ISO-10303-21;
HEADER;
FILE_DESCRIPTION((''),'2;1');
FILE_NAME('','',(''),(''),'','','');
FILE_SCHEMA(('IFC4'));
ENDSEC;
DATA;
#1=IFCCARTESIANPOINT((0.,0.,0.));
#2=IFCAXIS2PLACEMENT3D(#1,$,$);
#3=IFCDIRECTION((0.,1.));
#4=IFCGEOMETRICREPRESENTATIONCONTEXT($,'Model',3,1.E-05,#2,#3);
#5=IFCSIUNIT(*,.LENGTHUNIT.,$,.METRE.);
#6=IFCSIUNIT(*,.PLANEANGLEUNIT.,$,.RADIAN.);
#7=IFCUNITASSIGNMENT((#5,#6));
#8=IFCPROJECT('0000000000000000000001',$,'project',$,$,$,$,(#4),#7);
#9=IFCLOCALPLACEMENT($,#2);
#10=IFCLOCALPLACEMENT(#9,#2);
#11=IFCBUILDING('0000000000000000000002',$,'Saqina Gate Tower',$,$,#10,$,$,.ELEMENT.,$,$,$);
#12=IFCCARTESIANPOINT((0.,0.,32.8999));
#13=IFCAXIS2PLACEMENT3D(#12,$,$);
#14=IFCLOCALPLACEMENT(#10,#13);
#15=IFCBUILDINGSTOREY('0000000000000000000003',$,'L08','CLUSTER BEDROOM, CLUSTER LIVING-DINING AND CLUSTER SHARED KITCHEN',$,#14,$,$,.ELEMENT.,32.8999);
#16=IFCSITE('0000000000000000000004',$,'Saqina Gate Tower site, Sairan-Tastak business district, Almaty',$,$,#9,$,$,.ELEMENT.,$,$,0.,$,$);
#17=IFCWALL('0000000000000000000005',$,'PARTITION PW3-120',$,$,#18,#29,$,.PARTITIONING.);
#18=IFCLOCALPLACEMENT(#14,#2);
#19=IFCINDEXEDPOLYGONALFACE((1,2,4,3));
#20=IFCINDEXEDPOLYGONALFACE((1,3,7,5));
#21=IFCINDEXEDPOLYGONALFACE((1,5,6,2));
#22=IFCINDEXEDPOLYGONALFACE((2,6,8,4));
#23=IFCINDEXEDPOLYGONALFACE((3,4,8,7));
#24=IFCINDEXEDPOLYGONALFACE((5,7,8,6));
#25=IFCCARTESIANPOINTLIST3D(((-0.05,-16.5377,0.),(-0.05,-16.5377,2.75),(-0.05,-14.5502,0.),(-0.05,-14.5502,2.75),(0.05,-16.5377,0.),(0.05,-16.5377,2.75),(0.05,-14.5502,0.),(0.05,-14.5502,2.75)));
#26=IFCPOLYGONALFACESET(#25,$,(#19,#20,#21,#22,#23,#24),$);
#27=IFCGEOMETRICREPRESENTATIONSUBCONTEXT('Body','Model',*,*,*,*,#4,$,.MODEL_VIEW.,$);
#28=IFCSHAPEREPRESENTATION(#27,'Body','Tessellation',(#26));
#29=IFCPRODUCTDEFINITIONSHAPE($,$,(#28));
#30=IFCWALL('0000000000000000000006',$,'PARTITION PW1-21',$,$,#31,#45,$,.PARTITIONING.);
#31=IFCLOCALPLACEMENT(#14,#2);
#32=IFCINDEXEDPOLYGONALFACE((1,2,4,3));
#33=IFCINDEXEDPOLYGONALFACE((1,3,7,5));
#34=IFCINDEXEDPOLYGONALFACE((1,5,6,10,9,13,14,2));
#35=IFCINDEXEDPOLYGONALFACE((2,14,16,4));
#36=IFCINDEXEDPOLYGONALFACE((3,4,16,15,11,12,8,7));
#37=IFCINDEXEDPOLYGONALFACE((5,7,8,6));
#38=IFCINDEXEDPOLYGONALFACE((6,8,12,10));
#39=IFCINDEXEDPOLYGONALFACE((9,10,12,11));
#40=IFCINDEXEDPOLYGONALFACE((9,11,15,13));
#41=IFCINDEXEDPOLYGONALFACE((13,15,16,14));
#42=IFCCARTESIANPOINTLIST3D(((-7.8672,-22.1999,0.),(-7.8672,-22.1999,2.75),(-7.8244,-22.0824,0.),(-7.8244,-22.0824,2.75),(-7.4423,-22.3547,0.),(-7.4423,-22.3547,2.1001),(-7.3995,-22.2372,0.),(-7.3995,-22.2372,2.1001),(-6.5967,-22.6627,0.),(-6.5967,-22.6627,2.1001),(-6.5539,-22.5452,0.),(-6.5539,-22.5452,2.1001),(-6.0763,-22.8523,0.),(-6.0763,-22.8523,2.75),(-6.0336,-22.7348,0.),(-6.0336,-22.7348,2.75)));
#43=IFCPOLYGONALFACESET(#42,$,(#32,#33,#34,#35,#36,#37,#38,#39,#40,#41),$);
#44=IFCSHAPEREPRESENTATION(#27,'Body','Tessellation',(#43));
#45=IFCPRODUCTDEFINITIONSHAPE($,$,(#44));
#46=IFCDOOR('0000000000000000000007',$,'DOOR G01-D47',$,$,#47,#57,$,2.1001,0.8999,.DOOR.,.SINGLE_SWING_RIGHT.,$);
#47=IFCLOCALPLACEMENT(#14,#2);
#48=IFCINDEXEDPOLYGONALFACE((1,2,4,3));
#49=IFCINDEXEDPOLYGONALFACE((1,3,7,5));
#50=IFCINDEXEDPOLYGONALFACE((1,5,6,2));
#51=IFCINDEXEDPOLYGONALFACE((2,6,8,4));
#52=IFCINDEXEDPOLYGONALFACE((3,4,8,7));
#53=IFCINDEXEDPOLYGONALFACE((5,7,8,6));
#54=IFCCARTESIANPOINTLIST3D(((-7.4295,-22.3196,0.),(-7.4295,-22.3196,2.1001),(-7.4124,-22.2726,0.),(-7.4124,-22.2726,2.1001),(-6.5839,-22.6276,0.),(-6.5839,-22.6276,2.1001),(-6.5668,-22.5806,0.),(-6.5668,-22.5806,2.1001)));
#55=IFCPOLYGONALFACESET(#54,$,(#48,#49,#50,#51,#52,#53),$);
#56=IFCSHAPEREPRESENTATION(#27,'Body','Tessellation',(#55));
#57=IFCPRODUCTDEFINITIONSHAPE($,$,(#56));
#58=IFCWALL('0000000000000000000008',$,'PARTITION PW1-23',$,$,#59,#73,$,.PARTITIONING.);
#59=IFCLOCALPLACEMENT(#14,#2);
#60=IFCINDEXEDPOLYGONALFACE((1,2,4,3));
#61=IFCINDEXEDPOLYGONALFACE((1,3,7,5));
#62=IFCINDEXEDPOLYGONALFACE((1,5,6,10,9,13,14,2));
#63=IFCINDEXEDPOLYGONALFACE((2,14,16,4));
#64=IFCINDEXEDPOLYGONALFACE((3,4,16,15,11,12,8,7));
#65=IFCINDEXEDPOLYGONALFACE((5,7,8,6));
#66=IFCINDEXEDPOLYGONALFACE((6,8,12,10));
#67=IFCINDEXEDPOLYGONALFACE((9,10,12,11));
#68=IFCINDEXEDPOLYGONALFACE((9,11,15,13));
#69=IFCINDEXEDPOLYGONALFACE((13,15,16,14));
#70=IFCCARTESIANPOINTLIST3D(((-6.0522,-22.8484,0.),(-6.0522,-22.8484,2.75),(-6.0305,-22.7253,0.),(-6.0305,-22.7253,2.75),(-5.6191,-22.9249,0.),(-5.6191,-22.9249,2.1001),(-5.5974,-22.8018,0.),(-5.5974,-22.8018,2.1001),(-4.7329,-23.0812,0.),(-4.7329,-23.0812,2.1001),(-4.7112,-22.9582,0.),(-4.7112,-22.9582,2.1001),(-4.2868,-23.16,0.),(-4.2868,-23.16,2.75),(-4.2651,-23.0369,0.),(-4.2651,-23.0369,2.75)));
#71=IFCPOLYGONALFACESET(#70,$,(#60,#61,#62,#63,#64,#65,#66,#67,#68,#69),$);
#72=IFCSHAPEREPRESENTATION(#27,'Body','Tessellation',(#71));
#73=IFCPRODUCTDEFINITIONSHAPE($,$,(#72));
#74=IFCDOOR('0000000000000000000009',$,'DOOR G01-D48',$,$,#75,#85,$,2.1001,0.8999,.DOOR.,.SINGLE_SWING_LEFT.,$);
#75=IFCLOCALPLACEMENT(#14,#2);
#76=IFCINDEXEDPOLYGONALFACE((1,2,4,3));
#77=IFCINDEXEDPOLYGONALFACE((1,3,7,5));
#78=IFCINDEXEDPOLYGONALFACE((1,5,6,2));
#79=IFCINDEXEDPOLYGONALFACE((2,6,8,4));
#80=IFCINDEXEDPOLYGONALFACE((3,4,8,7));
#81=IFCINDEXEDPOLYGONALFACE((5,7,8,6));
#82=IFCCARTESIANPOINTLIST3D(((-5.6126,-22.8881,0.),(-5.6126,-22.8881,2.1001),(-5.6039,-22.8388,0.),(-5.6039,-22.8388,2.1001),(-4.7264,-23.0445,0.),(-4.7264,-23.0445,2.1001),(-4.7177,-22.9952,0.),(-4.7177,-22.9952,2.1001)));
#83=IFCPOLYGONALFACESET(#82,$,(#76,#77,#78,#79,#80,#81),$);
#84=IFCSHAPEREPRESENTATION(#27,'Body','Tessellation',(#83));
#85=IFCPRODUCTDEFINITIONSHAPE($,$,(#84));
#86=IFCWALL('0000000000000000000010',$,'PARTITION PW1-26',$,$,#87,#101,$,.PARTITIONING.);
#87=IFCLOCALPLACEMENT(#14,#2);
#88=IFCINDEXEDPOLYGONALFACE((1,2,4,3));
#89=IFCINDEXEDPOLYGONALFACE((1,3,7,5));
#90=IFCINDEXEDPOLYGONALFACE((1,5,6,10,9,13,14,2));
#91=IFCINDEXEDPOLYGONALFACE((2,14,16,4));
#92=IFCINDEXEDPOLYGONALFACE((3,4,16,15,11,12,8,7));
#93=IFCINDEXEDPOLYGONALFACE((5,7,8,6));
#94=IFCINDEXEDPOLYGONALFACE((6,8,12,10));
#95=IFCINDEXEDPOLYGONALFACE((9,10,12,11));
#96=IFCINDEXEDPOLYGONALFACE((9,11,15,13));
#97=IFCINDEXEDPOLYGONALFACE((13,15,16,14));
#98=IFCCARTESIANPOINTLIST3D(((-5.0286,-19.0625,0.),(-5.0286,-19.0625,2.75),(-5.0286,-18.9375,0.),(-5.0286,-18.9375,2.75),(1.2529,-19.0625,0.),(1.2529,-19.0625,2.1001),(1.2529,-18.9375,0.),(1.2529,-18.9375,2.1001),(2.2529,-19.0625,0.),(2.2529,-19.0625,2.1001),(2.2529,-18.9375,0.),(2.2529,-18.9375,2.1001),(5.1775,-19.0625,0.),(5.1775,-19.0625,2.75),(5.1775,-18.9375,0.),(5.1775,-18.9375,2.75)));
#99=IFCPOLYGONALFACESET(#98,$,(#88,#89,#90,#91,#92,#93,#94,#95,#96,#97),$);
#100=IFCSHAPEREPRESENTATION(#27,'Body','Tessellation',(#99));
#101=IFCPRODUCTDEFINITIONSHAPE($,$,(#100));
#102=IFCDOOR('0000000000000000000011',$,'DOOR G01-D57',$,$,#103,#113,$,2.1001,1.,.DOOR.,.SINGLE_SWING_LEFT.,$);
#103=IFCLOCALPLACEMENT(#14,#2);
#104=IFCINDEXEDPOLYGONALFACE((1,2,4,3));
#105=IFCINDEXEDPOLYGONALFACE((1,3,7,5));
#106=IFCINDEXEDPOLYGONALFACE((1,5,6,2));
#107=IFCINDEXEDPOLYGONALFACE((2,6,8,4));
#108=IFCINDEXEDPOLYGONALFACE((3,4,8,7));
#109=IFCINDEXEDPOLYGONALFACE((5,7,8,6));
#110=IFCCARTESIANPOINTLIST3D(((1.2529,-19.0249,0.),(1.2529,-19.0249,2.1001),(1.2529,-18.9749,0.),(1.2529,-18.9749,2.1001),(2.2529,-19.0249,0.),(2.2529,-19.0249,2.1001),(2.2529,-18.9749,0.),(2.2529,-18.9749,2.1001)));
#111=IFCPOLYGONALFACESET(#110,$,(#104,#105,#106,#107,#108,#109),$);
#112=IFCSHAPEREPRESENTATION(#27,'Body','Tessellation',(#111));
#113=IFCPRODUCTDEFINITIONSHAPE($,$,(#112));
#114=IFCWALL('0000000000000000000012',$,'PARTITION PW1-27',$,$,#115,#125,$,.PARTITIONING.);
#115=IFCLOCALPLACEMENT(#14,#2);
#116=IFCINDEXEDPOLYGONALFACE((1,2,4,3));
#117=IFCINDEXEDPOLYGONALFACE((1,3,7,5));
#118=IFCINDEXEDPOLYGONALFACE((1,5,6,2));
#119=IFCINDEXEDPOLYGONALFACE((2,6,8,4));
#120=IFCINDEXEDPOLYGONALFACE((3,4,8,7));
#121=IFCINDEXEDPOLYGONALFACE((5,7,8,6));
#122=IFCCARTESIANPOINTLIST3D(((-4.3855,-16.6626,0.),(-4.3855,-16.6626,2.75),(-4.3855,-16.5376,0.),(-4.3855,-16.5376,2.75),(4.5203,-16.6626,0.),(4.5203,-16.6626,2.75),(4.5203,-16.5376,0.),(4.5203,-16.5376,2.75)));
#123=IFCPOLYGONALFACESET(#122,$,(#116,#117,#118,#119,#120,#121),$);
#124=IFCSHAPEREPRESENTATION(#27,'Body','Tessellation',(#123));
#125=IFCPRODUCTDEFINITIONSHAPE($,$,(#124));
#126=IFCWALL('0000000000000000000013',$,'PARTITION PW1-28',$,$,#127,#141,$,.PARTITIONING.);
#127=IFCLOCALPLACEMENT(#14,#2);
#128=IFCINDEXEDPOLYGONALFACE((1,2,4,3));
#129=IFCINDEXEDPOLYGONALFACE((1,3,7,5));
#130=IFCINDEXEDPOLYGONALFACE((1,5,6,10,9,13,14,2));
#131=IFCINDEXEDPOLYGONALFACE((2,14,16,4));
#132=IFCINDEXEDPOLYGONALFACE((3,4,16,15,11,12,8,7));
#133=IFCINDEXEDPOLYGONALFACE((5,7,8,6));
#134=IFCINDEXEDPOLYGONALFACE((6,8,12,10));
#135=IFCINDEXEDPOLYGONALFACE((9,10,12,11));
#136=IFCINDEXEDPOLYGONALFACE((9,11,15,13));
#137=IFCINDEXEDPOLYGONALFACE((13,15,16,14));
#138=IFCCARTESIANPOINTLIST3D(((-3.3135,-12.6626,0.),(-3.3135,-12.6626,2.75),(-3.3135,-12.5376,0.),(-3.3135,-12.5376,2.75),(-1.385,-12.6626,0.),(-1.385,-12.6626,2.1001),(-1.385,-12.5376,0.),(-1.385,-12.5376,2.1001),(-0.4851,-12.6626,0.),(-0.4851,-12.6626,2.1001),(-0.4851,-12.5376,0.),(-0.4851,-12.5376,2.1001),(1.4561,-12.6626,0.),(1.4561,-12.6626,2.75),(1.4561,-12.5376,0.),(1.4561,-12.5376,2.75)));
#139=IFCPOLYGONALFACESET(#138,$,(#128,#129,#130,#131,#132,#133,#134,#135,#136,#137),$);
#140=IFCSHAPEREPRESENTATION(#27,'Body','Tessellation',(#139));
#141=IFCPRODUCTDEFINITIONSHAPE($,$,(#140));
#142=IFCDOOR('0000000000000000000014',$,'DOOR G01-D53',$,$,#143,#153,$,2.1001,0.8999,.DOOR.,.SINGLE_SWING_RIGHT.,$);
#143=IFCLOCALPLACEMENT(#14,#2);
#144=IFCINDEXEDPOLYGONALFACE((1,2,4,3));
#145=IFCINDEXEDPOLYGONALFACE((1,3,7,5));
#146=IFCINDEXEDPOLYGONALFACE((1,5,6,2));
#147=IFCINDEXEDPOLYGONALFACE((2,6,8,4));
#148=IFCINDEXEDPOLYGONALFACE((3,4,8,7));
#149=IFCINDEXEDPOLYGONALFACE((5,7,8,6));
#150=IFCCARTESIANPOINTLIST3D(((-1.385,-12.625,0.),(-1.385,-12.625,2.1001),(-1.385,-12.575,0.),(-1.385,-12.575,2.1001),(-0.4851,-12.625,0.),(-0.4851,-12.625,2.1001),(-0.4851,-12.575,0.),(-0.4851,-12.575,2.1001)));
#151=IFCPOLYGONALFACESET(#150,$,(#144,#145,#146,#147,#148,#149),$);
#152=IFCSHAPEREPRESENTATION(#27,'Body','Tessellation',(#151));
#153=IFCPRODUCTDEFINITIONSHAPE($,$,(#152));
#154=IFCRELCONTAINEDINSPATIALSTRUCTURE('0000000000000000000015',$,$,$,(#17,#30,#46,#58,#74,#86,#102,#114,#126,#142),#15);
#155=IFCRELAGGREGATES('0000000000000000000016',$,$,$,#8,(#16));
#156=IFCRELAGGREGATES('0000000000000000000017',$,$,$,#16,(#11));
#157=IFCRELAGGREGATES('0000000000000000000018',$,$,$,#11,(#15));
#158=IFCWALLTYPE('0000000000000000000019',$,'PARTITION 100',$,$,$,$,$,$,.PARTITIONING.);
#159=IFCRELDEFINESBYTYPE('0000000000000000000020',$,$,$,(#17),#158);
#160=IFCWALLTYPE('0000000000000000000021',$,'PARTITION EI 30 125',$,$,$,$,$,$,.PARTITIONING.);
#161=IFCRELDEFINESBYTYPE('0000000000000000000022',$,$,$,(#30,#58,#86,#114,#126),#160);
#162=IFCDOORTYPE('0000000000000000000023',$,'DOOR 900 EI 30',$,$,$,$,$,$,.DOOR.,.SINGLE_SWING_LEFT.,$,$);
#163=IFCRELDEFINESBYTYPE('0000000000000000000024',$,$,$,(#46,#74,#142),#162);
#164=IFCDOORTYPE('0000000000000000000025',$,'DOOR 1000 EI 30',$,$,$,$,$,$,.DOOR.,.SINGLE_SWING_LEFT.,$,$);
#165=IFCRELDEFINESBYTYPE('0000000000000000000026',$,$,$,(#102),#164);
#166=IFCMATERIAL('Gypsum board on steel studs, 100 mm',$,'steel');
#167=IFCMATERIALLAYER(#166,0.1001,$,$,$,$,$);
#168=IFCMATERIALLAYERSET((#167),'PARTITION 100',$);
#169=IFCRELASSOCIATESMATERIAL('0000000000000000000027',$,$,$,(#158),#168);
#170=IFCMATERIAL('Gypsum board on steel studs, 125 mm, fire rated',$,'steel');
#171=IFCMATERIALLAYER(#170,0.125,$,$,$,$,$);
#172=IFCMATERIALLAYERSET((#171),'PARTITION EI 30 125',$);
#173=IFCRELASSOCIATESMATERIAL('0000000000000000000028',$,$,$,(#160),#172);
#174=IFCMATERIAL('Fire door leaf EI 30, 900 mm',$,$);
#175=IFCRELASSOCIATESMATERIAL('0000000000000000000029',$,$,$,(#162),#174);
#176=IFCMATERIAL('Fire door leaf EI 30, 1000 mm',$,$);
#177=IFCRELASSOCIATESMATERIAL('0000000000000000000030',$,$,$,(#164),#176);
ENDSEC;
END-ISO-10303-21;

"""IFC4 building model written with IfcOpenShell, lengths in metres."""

from ifc_helpers import new_model, si_unit, direction, frame, frame_2d, origin, place, context, subcontext, project, spatial, rectangle, extrude, material, layer, layer_set, type_object, element, fill, save


model = new_model("IFC4")

# Units and contexts
model_context = context("Model", 3, precision=1e-05, world=origin(), true_north=direction((0.0, 1.0)))
body_context = subcontext(model_context, "Body", "Model", "MODEL_VIEW")
ifc_project = project(units=[si_unit("LENGTHUNIT", "METRE"), si_unit("PLANEANGLEUNIT", "RADIAN")], contexts=[model_context])

# Site, building, storey
site_placement = place(None, origin())
site = spatial("IfcSite", under=ifc_project, at=site_placement, Name="Saqina Gate Tower site, Sairan-Tastak business district, Almaty", CompositionType="ELEMENT", RefElevation=0.0)
building_placement = place(site_placement, origin())
building = spatial("IfcBuilding", under=site, at=building_placement, Name="Saqina Gate Tower", CompositionType="ELEMENT")
storey_placement = place(building_placement, frame((0.0, 0.0, 32.8999)))
storey = spatial("IfcBuildingStorey", under=building, at=storey_placement, Name="L08", Description="CLUSTER BEDROOM, CLUSTER LIVING-DINING AND CLUSTER SHARED KITCHEN", CompositionType="ELEMENT", Elevation=32.8999)

# Shared definitions
ifc_material_1 = material(Name="Gypsum board on steel studs, 100 mm", Category="steel")
ifc_layer_1 = layer(ifc_material_1, 0.1001)
ifc_layer_set_1 = layer_set([ifc_layer_1], Name="PARTITION 100")
wall_type_1 = type_object("IfcWallType", Name="PARTITION 100", PredefinedType="PARTITIONING", material=ifc_layer_set_1)

# Wall
wall_1_placement = place(storey_placement, frame((0.0, -16.5376, 0.0), z_axis=(0.0, 0.0, 1.0), x_axis=(0.0, 1.0, 0.0)))
element("IfcWall", 1, at=wall_1_placement, inside=storey, type_object=wall_type_1, Name="PARTITION PW3-120", PredefinedType="PARTITIONING", context=body_context, shape_type="SweptSolid", body=[
    extrude(rectangle(XDim=1.9875, YDim=0.1001, at=frame_2d((0.9937, 0.0))), origin(), (0.0, 0.0, 1.0), 2.75),
])

# Walls, openings, doors
ifc_material_2 = material(Name="Gypsum board on steel studs, 125 mm, fire rated", Category="steel")
ifc_layer_2 = layer(ifc_material_2, 0.125)
ifc_layer_set_2 = layer_set([ifc_layer_2], Name="PARTITION EI 30 125")
wall_type_2 = type_object("IfcWallType", Name="PARTITION EI 30 125", PredefinedType="PARTITIONING", material=ifc_layer_set_2)
wall_2_placement = place(storey_placement, frame((-7.8459, -22.1411, 0.0), z_axis=(0.0, 0.0, 1.0), x_axis=(0.939599, -0.342278, 0.0)))
wall_2 = element("IfcWall", 2, at=wall_2_placement, inside=storey, type_object=wall_type_2, Name="PARTITION PW1-21", PredefinedType="PARTITIONING", context=body_context, shape_type="SweptSolid", body=[
    extrude(rectangle(XDim=1.906, YDim=0.125, at=frame_2d((0.9531, 0.0))), origin(), (0.0, 0.0, 1.0), 2.75),
])
opening_1_placement = place(wall_2_placement, frame((0.4524, 0.0, 0.0)))
opening_1 = element("IfcOpeningElement", 3, at=opening_1_placement, cuts=wall_2, PredefinedType="OPENING", context=body_context, shape_type="SweptSolid", body=[
    extrude(rectangle(XDim=0.8999, YDim=2.1001, at=frame_2d((0.45, 1.05))), frame((0.0, 0.0745, 0.0), z_axis=(0.0, -1.0, 0.0), x_axis=(1.0, 0.0, 0.0)), (0.0, 0.0, 1.0), 0.1489),
])
ifc_material_3 = material(Name="Fire door leaf EI 30, 900 mm")
door_type_1 = type_object("IfcDoorType", Name="DOOR 900 EI 30", OperationType="SINGLE_SWING_LEFT", PredefinedType="DOOR", material=ifc_material_3)
door_1_placement = place(opening_1_placement, origin())
door_1 = element("IfcDoor", 4, at=door_1_placement, inside=storey, type_object=door_type_1, Name="DOOR G01-D47", OperationType="SINGLE_SWING_RIGHT", OverallHeight=2.1001, OverallWidth=0.8999, PredefinedType="DOOR", context=body_context, shape_type="SweptSolid", body=[
    extrude(rectangle(XDim=0.8999, YDim=2.1001, at=frame_2d((0.45, 1.05))), frame((0.0, 0.0249, 0.0), z_axis=(0.0, -1.0, 0.0), x_axis=(1.0, 0.0, 0.0)), (0.0, 0.0, 1.0), 0.05),
])
fill(opening_1, door_1)
wall_3_placement = place(storey_placement, frame((-6.0415, -22.7869, 0.0), z_axis=(0.0, 0.0, 1.0), x_axis=(0.984785, -0.173778, 0.0)))
wall_3 = element("IfcWall", 5, at=wall_3_placement, inside=storey, type_object=wall_type_2, Name="PARTITION PW1-23", PredefinedType="PARTITIONING", context=body_context, shape_type="SweptSolid", body=[
    extrude(rectangle(XDim=1.7927, YDim=0.125, at=frame_2d((0.8965, 0.0))), origin(), (0.0, 0.0, 1.0), 2.75),
])
opening_2_placement = place(wall_3_placement, frame((0.4399, 0.0, 0.0)))
opening_2 = element("IfcOpeningElement", 6, at=opening_2_placement, cuts=wall_3, PredefinedType="OPENING", context=body_context, shape_type="SweptSolid", body=[
    extrude(rectangle(XDim=0.8999, YDim=2.1001, at=frame_2d((0.45, 1.05))), frame((0.0, 0.0745, 0.0), z_axis=(0.0, -1.0, 0.0), x_axis=(1.0, 0.0, 0.0)), (0.0, 0.0, 1.0), 0.1489),
])
door_2_placement = place(opening_2_placement, origin())
door_2 = element("IfcDoor", 7, at=door_2_placement, inside=storey, type_object=door_type_1, Name="DOOR G01-D48", OperationType="SINGLE_SWING_LEFT", OverallHeight=2.1001, OverallWidth=0.8999, PredefinedType="DOOR", context=body_context, shape_type="SweptSolid", body=[
    extrude(rectangle(XDim=0.8999, YDim=2.1001, at=frame_2d((0.45, 1.05))), frame((0.0, 0.0249, 0.0), z_axis=(0.0, -1.0, 0.0), x_axis=(1.0, 0.0, 0.0)), (0.0, 0.0, 1.0), 0.05),
])
fill(opening_2, door_2)
wall_4_placement = place(storey_placement, frame((-5.0286, -19.0, 0.0), z_axis=(0.0, 0.0, 1.0), x_axis=(1.0, 0.0, 0.0)))
wall_4 = element("IfcWall", 8, at=wall_4_placement, inside=storey, type_object=wall_type_2, Name="PARTITION PW1-26", PredefinedType="PARTITIONING", context=body_context, shape_type="SweptSolid", body=[
    extrude(rectangle(XDim=10.2061, YDim=0.125, at=frame_2d((5.103, 0.0))), origin(), (0.0, 0.0, 1.0), 2.75),
])
opening_3_placement = place(wall_4_placement, frame((6.2815, 0.0, 0.0)))
opening_3 = element("IfcOpeningElement", 9, at=opening_3_placement, cuts=wall_4, PredefinedType="OPENING", context=body_context, shape_type="SweptSolid", body=[
    extrude(rectangle(XDim=1.0, YDim=2.1001, at=frame_2d((0.5, 1.05))), frame((0.0, 0.0745, 0.0), z_axis=(0.0, -1.0, 0.0), x_axis=(1.0, 0.0, 0.0)), (0.0, 0.0, 1.0), 0.1489),
])
ifc_material_4 = material(Name="Fire door leaf EI 30, 1000 mm")
door_type_2 = type_object("IfcDoorType", Name="DOOR 1000 EI 30", OperationType="SINGLE_SWING_LEFT", PredefinedType="DOOR", material=ifc_material_4)
door_3_placement = place(opening_3_placement, frame((1.0, 0.0, 0.0), z_axis=(0.0, 0.0, 1.0), x_axis=(-1.0, 0.0, 0.0)))
door_3 = element("IfcDoor", 10, at=door_3_placement, inside=storey, type_object=door_type_2, Name="DOOR G01-D57", OperationType="SINGLE_SWING_LEFT", OverallHeight=2.1001, OverallWidth=1.0, PredefinedType="DOOR", context=body_context, shape_type="SweptSolid", body=[
    extrude(rectangle(XDim=1.0, YDim=2.1001, at=frame_2d((0.5, 1.05))), frame((0.0, 0.0249, 0.0), z_axis=(0.0, -1.0, 0.0), x_axis=(1.0, 0.0, 0.0)), (0.0, 0.0, 1.0), 0.05),
])
fill(opening_3, door_3)

# Wall
wall_5_placement = place(storey_placement, frame((-4.3855, -16.6001, 0.0), z_axis=(0.0, 0.0, 1.0), x_axis=(1.0, 0.0, 0.0)))
element("IfcWall", 11, at=wall_5_placement, inside=storey, type_object=wall_type_2, Name="PARTITION PW1-27", PredefinedType="PARTITIONING", context=body_context, shape_type="SweptSolid", body=[
    extrude(rectangle(XDim=8.9058, YDim=0.125, at=frame_2d((4.4529, 0.0))), origin(), (0.0, 0.0, 1.0), 2.75),
])

# Wall, opening, door
wall_6_placement = place(storey_placement, frame((-3.3135, -12.6001, 0.0), z_axis=(0.0, 0.0, 1.0), x_axis=(1.0, 0.0, 0.0)))
wall_6 = element("IfcWall", 12, at=wall_6_placement, inside=storey, type_object=wall_type_2, Name="PARTITION PW1-28", PredefinedType="PARTITIONING", context=body_context, shape_type="SweptSolid", body=[
    extrude(rectangle(XDim=4.7695, YDim=0.125, at=frame_2d((2.3848, 0.0))), origin(), (0.0, 0.0, 1.0), 2.75),
])
opening_4_placement = place(wall_6_placement, frame((1.9285, 0.0, 0.0)))
opening_4 = element("IfcOpeningElement", 13, at=opening_4_placement, cuts=wall_6, PredefinedType="OPENING", context=body_context, shape_type="SweptSolid", body=[
    extrude(rectangle(XDim=0.8999, YDim=2.1001, at=frame_2d((0.45, 1.05))), frame((0.0, 0.0745, 0.0), z_axis=(0.0, -1.0, 0.0), x_axis=(1.0, 0.0, 0.0)), (0.0, 0.0, 1.0), 0.1489),
])
door_4_placement = place(opening_4_placement, frame((0.8999, 0.0, 0.0), z_axis=(0.0, 0.0, 1.0), x_axis=(-1.0, 0.0, 0.0)))
door_4 = element("IfcDoor", 14, at=door_4_placement, inside=storey, type_object=door_type_1, Name="DOOR G01-D53", OperationType="SINGLE_SWING_RIGHT", OverallHeight=2.1001, OverallWidth=0.8999, PredefinedType="DOOR", context=body_context, shape_type="SweptSolid", body=[
    extrude(rectangle(XDim=0.8999, YDim=2.1001, at=frame_2d((0.45, 1.05))), frame((0.0, 0.0249, 0.0), z_axis=(0.0, -1.0, 0.0), x_axis=(1.0, 0.0, 0.0)), (0.0, 0.0, 1.0), 0.05),
])
fill(opening_4, door_4)

save(model, "model.ifc")
